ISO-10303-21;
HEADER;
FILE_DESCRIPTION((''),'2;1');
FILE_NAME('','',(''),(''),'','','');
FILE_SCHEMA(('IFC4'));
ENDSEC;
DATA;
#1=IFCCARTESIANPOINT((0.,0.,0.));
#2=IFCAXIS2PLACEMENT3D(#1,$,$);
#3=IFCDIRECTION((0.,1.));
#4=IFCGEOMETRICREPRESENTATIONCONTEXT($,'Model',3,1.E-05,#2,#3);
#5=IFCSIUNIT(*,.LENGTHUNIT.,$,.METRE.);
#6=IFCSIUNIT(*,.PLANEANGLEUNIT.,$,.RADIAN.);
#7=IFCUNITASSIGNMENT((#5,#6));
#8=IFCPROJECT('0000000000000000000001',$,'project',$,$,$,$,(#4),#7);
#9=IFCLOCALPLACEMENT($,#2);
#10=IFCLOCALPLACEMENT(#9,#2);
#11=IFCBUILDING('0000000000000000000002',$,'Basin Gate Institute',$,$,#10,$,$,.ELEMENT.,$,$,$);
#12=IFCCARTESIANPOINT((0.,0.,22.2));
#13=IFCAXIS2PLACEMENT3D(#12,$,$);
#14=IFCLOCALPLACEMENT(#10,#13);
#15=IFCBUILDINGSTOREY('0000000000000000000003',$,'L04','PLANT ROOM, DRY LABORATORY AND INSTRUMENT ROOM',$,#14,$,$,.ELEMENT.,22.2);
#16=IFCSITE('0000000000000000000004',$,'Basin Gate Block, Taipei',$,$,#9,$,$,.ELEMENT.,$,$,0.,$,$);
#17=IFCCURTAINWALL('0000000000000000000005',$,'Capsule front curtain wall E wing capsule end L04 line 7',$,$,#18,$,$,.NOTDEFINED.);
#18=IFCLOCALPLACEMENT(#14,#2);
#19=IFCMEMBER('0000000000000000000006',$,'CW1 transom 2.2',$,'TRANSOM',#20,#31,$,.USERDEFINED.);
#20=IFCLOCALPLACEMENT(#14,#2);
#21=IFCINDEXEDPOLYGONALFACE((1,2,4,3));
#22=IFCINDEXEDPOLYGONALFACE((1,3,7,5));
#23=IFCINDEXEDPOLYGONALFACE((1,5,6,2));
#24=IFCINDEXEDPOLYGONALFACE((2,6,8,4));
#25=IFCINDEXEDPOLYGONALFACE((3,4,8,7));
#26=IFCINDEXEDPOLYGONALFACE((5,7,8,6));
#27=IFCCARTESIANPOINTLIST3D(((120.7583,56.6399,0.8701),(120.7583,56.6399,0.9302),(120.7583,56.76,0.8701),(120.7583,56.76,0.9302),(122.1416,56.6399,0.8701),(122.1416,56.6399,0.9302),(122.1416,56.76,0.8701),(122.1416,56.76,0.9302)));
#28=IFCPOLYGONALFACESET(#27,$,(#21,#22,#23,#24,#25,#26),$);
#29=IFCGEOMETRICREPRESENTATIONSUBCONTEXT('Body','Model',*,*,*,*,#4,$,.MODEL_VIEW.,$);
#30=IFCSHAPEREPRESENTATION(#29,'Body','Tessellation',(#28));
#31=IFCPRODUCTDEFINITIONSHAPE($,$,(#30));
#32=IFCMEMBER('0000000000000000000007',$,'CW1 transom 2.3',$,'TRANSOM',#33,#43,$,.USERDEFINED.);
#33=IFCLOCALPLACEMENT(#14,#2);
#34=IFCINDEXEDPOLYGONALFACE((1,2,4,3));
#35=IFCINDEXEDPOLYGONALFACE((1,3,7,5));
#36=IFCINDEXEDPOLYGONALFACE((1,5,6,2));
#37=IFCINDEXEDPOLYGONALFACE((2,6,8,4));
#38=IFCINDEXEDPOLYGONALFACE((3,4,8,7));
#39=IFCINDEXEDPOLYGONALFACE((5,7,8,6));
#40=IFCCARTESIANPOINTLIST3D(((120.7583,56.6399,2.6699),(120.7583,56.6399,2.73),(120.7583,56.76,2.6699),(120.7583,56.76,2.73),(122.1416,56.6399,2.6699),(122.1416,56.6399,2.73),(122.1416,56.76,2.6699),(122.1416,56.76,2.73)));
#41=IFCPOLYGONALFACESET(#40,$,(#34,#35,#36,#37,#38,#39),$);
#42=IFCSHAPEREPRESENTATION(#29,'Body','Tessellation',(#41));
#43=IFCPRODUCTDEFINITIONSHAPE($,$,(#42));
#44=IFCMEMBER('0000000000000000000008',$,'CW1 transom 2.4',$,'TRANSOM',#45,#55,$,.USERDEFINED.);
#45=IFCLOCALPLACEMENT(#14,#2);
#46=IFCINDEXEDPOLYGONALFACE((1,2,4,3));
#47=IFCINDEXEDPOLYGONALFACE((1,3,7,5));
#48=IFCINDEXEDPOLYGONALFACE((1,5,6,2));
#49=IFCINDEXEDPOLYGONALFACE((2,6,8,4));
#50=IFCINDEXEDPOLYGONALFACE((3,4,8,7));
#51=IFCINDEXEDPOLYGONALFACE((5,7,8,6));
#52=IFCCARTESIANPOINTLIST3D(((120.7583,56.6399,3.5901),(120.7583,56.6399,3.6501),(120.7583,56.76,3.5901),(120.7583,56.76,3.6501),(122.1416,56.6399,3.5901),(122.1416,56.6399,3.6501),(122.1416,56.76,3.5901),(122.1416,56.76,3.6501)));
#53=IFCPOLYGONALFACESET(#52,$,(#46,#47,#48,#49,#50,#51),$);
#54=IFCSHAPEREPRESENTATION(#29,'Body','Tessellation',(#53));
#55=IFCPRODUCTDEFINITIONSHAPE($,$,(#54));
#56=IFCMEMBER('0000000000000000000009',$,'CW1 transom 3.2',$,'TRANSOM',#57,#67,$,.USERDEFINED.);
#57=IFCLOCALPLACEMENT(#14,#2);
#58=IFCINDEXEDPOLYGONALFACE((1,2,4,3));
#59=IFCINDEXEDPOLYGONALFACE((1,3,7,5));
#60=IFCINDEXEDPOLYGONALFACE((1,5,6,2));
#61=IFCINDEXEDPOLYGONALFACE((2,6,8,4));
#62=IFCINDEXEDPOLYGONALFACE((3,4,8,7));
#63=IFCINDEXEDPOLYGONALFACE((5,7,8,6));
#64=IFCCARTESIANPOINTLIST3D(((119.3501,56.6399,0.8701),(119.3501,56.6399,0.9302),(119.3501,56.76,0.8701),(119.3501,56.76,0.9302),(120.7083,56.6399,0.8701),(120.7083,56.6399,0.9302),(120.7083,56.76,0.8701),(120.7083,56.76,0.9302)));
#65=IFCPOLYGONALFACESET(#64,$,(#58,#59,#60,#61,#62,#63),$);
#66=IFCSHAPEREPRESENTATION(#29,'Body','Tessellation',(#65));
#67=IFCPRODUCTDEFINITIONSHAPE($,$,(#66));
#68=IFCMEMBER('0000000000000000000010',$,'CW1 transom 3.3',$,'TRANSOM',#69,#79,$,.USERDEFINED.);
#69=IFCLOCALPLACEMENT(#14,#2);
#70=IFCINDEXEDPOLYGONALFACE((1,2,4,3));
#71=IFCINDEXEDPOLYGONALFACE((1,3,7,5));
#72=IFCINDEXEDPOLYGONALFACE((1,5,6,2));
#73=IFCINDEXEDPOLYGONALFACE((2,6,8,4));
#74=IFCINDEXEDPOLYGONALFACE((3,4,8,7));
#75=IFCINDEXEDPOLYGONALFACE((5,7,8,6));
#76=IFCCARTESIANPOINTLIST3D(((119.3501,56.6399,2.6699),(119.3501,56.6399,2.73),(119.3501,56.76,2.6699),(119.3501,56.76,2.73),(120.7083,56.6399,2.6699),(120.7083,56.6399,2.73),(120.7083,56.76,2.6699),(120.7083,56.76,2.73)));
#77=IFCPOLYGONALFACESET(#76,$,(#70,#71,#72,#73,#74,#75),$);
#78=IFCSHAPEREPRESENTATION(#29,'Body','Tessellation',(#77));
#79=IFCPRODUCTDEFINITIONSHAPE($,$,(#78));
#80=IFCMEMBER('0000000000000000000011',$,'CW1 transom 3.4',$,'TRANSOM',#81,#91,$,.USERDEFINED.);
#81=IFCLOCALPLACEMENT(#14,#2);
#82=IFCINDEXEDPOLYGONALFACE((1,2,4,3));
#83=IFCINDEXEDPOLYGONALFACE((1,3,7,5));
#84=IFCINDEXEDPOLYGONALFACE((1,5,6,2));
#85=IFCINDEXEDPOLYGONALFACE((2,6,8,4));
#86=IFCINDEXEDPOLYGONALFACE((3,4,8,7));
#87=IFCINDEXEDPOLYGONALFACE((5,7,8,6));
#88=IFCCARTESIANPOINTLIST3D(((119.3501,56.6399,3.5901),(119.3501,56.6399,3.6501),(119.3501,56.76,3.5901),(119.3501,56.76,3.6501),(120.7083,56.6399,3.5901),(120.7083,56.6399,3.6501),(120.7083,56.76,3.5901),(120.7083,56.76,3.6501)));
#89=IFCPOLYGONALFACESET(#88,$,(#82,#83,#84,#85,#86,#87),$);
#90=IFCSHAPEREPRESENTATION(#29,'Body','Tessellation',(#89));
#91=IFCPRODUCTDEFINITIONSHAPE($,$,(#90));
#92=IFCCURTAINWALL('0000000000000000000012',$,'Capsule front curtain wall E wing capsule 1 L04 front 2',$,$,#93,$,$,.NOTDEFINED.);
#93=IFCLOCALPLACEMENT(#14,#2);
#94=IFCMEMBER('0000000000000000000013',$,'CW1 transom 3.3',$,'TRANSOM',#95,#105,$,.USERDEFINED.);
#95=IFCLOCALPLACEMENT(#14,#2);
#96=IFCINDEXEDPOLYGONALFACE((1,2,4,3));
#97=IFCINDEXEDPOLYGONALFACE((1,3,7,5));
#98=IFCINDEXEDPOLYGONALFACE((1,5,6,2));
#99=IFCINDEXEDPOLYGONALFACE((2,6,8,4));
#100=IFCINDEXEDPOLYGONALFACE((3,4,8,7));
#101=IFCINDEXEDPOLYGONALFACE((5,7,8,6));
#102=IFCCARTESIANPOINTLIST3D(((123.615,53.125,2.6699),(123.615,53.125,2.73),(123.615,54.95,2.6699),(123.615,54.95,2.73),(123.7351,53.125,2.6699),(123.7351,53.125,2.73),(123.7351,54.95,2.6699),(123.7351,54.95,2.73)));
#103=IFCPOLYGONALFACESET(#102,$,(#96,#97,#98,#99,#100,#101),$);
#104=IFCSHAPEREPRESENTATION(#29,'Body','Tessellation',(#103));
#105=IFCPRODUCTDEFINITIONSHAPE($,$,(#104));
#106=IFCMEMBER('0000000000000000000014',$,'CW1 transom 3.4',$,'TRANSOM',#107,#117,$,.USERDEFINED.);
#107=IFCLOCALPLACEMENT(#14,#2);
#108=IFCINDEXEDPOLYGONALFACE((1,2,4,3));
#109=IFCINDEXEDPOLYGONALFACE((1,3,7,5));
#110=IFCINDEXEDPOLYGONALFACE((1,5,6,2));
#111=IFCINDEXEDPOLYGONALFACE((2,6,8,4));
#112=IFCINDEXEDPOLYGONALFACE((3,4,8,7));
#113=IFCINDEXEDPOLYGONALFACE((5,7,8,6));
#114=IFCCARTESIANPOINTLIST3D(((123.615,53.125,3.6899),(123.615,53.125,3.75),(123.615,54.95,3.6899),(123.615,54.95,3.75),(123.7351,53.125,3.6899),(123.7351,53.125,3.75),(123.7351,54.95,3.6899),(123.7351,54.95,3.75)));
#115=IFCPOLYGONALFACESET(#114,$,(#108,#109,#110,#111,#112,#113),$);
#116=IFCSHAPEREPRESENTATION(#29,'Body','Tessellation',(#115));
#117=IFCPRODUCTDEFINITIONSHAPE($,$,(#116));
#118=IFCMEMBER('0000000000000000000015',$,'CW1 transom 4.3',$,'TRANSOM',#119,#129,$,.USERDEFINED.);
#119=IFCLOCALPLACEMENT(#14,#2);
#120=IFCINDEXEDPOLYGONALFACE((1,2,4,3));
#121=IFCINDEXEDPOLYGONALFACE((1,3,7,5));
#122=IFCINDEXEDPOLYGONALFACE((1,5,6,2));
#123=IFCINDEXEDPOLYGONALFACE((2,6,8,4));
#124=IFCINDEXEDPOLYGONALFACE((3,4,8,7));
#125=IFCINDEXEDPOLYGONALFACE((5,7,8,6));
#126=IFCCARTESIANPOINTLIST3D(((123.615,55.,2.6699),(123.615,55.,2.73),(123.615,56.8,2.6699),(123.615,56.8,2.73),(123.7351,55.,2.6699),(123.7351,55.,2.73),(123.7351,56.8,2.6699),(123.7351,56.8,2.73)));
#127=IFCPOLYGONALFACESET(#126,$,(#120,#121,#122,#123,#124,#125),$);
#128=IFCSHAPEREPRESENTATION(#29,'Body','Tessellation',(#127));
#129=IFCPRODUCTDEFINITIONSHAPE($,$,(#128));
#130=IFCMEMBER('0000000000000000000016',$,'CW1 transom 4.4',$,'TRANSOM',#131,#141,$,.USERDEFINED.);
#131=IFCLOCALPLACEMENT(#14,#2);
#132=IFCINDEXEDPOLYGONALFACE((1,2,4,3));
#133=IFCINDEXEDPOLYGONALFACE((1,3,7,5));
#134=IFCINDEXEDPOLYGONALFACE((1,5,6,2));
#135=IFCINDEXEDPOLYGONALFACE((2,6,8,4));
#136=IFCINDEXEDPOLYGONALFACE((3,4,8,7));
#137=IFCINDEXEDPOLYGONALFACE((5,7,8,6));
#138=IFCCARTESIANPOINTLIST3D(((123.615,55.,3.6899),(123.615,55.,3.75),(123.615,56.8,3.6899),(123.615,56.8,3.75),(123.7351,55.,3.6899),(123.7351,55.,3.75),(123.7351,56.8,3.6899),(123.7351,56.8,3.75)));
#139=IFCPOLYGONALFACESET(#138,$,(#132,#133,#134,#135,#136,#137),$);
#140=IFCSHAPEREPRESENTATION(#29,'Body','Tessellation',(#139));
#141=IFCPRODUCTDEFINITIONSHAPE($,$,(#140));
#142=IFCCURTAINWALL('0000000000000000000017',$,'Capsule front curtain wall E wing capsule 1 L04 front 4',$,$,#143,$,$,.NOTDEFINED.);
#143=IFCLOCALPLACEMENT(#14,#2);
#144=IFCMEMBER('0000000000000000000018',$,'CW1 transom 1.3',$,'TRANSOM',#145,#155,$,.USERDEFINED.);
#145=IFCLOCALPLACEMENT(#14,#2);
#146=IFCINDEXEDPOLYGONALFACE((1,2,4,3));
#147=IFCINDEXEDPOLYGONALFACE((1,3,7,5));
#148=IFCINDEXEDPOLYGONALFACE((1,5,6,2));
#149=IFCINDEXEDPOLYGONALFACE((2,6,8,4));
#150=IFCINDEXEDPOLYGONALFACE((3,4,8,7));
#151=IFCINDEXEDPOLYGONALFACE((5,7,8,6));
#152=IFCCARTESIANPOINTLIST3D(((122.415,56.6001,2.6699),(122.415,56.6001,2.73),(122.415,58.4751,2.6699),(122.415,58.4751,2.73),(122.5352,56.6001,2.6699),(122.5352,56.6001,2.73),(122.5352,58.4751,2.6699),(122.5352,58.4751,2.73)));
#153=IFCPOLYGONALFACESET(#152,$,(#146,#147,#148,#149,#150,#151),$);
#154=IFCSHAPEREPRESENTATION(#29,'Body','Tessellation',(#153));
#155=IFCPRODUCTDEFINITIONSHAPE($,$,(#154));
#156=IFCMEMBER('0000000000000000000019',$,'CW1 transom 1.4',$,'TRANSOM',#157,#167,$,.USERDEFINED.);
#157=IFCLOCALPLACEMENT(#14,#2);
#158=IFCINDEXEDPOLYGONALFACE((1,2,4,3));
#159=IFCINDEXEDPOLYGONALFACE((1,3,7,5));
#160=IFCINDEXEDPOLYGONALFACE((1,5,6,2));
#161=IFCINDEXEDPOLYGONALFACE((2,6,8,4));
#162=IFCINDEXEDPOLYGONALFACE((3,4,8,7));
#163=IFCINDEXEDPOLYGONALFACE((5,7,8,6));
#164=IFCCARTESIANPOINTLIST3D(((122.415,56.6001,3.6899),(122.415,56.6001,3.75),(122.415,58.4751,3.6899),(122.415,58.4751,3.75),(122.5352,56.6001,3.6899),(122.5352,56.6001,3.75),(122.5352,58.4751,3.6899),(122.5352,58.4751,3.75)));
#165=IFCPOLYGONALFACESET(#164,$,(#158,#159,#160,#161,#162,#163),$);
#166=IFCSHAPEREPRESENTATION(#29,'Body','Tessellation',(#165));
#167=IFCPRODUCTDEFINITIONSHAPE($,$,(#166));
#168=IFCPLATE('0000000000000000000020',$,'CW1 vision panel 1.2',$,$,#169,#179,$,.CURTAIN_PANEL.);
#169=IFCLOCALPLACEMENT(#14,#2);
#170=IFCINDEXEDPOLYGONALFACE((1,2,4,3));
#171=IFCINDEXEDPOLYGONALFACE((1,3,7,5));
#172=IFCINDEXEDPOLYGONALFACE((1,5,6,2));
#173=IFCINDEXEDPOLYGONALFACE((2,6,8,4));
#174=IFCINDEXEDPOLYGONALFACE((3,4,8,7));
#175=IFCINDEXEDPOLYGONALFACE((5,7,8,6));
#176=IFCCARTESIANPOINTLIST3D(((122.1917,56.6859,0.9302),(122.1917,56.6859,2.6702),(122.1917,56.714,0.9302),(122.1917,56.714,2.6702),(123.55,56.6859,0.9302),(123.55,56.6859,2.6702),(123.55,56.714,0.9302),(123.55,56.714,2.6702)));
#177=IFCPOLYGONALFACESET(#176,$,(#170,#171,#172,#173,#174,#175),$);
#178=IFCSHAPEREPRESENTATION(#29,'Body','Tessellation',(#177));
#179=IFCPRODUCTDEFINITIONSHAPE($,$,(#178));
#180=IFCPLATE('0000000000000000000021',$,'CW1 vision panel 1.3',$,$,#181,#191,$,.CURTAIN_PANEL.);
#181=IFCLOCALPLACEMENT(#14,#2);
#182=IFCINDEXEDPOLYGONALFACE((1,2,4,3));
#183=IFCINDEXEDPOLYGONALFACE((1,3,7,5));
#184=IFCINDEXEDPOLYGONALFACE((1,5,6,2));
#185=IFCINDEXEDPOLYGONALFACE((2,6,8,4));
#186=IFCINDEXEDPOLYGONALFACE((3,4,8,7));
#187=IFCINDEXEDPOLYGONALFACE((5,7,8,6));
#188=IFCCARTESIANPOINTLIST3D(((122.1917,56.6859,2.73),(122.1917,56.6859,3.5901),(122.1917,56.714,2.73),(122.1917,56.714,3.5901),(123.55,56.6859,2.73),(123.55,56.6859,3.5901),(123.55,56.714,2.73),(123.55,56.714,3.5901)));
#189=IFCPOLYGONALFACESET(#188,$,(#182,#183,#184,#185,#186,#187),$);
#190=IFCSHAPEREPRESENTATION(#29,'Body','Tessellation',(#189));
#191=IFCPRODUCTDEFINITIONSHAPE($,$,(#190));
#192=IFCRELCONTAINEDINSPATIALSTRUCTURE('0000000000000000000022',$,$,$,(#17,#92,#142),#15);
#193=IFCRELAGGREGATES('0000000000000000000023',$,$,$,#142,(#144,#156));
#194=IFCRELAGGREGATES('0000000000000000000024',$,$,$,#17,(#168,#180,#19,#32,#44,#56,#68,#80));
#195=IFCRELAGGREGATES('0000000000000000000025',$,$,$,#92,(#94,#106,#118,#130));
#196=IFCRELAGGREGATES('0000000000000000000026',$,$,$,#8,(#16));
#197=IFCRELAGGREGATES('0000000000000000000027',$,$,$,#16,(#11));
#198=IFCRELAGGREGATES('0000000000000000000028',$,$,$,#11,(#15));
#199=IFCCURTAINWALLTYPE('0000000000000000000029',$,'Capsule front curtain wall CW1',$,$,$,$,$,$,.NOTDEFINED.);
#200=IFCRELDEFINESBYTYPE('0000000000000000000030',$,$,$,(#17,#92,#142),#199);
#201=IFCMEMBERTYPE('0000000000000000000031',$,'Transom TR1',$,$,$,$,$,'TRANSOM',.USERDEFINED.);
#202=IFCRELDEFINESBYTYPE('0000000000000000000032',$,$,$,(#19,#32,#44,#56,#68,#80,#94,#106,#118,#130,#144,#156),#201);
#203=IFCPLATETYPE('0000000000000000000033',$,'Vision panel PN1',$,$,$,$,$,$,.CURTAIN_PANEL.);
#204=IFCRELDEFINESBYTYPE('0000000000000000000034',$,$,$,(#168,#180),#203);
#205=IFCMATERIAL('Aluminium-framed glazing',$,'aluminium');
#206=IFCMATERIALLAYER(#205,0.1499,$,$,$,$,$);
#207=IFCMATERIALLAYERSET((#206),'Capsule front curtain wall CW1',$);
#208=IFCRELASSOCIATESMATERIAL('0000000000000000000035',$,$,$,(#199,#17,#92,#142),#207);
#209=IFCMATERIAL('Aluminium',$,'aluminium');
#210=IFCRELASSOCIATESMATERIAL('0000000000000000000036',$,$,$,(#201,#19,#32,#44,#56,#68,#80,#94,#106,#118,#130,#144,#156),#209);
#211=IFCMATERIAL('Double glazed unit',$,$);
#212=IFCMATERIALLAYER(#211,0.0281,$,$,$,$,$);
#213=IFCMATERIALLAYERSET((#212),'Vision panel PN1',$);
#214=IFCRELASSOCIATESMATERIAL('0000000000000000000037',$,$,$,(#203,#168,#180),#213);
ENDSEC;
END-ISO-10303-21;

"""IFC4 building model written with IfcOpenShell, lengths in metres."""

from ifc_helpers import new_model, si_unit, direction, frame, origin, origin_2d, place, context, subcontext, project, spatial, rectangle, extrude, material, layer, layer_set, material_profile, profile_set, type_object, element, aggregate, save


model = new_model("IFC4")

# Units and contexts
model_context = context("Model", 3, precision=1e-05, world=origin(), true_north=direction((0.0, 1.0)))
body_context = subcontext(model_context, "Body", "Model", "MODEL_VIEW")
ifc_project = project(units=[si_unit("LENGTHUNIT", "METRE"), si_unit("PLANEANGLEUNIT", "RADIAN")], contexts=[model_context])

# Site, building, storey
site_placement = place(None, origin())
site = spatial("IfcSite", under=ifc_project, at=site_placement, Name="Basin Gate Block, Taipei", CompositionType="ELEMENT", RefElevation=0.0)
building_placement = place(site_placement, origin())
building = spatial("IfcBuilding", under=site, at=building_placement, Name="Basin Gate Institute", CompositionType="ELEMENT")
storey_placement = place(building_placement, frame((0.0, 0.0, 22.2)))
storey = spatial("IfcBuildingStorey", under=building, at=storey_placement, Name="L04", Description="PLANT ROOM, DRY LABORATORY AND INSTRUMENT ROOM", CompositionType="ELEMENT", Elevation=22.2)

# Curtain walls, members
ifc_material_1 = material(Name="Aluminium-framed glazing", Category="aluminium")
ifc_layer_1 = layer(ifc_material_1, 0.1499)
ifc_layer_set_1 = layer_set([ifc_layer_1], Name="Capsule front curtain wall CW1")
curtain_wall_type = type_object("IfcCurtainWallType", Name="Capsule front curtain wall CW1", PredefinedType="NOTDEFINED", material=ifc_layer_set_1)
curtain_wall_1_placement = place(storey_placement, origin())
curtain_wall_1 = element("IfcCurtainWall", 1, at=curtain_wall_1_placement, inside=storey, type_object=curtain_wall_type, material=ifc_layer_set_1, Name="Capsule front curtain wall E wing capsule end L04 line 7", PredefinedType="NOTDEFINED")
ifc_material_2 = material(Name="Aluminium", Category="aluminium")
ifc_material_profile = material_profile(ifc_material_2, rectangle(XDim=0.1201, YDim=0.0601, at=origin_2d()), Name="Transom TR1 120 x 60")
ifc_profile_set = profile_set([ifc_material_profile], Name="Aluminium")
member_type = type_object("IfcMemberType", Name="Transom TR1", ElementType="TRANSOM", PredefinedType="USERDEFINED", material=ifc_profile_set)
member_1_placement = place(storey_placement, frame((122.1416, 56.7, 0.9001), z_axis=(-1.0, 0.0, 0.0), x_axis=(0.0, -1.0, 0.0)))
member_1 = element("IfcMember", 2, at=member_1_placement, type_object=member_type, material=ifc_profile_set, Name="CW1 transom 2.2", ObjectType="TRANSOM", PredefinedType="USERDEFINED", context=body_context, shape_type="SweptSolid", body=[
    extrude(rectangle(XDim=0.1201, YDim=0.0601, at=origin_2d()), origin(), (0.0, 0.0, 1.0), 1.3833),
])
member_2_placement = place(storey_placement, frame((122.1416, 56.7, 2.7), z_axis=(-1.0, 0.0, 0.0), x_axis=(0.0, -1.0, 0.0)))
member_2 = element("IfcMember", 3, at=member_2_placement, type_object=member_type, material=ifc_profile_set, Name="CW1 transom 2.3", ObjectType="TRANSOM", PredefinedType="USERDEFINED", context=body_context, shape_type="SweptSolid", body=[
    extrude(rectangle(XDim=0.1201, YDim=0.0601, at=origin_2d()), origin(), (0.0, 0.0, 1.0), 1.3833),
])
member_3_placement = place(storey_placement, frame((122.1416, 56.7, 3.6201), z_axis=(-1.0, 0.0, 0.0), x_axis=(0.0, -1.0, 0.0)))
member_3 = element("IfcMember", 4, at=member_3_placement, type_object=member_type, material=ifc_profile_set, Name="CW1 transom 2.4", ObjectType="TRANSOM", PredefinedType="USERDEFINED", context=body_context, shape_type="SweptSolid", body=[
    extrude(rectangle(XDim=0.1201, YDim=0.0601, at=origin_2d()), origin(), (0.0, 0.0, 1.0), 1.3833),
])
member_4_placement = place(storey_placement, frame((120.7083, 56.7, 0.9001), z_axis=(-1.0, 0.0, 0.0), x_axis=(0.0, -1.0, 0.0)))
member_4 = element("IfcMember", 5, at=member_4_placement, type_object=member_type, material=ifc_profile_set, Name="CW1 transom 3.2", ObjectType="TRANSOM", PredefinedType="USERDEFINED", context=body_context, shape_type="SweptSolid", body=[
    extrude(rectangle(XDim=0.1201, YDim=0.0601, at=origin_2d()), origin(), (0.0, 0.0, 1.0), 1.3582),
])
member_5_placement = place(storey_placement, frame((120.7083, 56.7, 2.7), z_axis=(-1.0, 0.0, 0.0), x_axis=(0.0, -1.0, 0.0)))
member_5 = element("IfcMember", 6, at=member_5_placement, type_object=member_type, material=ifc_profile_set, Name="CW1 transom 3.3", ObjectType="TRANSOM", PredefinedType="USERDEFINED", context=body_context, shape_type="SweptSolid", body=[
    extrude(rectangle(XDim=0.1201, YDim=0.0601, at=origin_2d()), origin(), (0.0, 0.0, 1.0), 1.3582),
])
member_6_placement = place(storey_placement, frame((120.7083, 56.7, 3.6201), z_axis=(-1.0, 0.0, 0.0), x_axis=(0.0, -1.0, 0.0)))
member_6 = element("IfcMember", 7, at=member_6_placement, type_object=member_type, material=ifc_profile_set, Name="CW1 transom 3.4", ObjectType="TRANSOM", PredefinedType="USERDEFINED", context=body_context, shape_type="SweptSolid", body=[
    extrude(rectangle(XDim=0.1201, YDim=0.0601, at=origin_2d()), origin(), (0.0, 0.0, 1.0), 1.3582),
])
curtain_wall_2_placement = place(storey_placement, origin())
curtain_wall_2 = element("IfcCurtainWall", 8, at=curtain_wall_2_placement, inside=storey, type_object=curtain_wall_type, material=ifc_layer_set_1, Name="Capsule front curtain wall E wing capsule 1 L04 front 2", PredefinedType="NOTDEFINED")
member_7_placement = place(storey_placement, frame((123.675, 53.125, 2.7), z_axis=(0.0, 1.0, 0.0), x_axis=(-1.0, 0.0, 0.0)))
member_7 = element("IfcMember", 9, at=member_7_placement, type_object=member_type, material=ifc_profile_set, Name="CW1 transom 3.3", ObjectType="TRANSOM", PredefinedType="USERDEFINED", context=body_context, shape_type="SweptSolid", body=[
    extrude(rectangle(XDim=0.1201, YDim=0.0601, at=origin_2d()), origin(), (0.0, 0.0, 1.0), 1.825),
])
member_8_placement = place(storey_placement, frame((123.675, 53.125, 3.72), z_axis=(0.0, 1.0, 0.0), x_axis=(-1.0, 0.0, 0.0)))
member_8 = element("IfcMember", 10, at=member_8_placement, type_object=member_type, material=ifc_profile_set, Name="CW1 transom 3.4", ObjectType="TRANSOM", PredefinedType="USERDEFINED", context=body_context, shape_type="SweptSolid", body=[
    extrude(rectangle(XDim=0.1201, YDim=0.0601, at=origin_2d()), origin(), (0.0, 0.0, 1.0), 1.825),
])
member_9_placement = place(storey_placement, frame((123.675, 55.0, 2.7), z_axis=(0.0, 1.0, 0.0), x_axis=(-1.0, 0.0, 0.0)))
member_9 = element("IfcMember", 11, at=member_9_placement, type_object=member_type, material=ifc_profile_set, Name="CW1 transom 4.3", ObjectType="TRANSOM", PredefinedType="USERDEFINED", context=body_context, shape_type="SweptSolid", body=[
    extrude(rectangle(XDim=0.1201, YDim=0.0601, at=origin_2d()), origin(), (0.0, 0.0, 1.0), 1.8),
])
member_10_placement = place(storey_placement, frame((123.675, 55.0, 3.72), z_axis=(0.0, 1.0, 0.0), x_axis=(-1.0, 0.0, 0.0)))
member_10 = element("IfcMember", 12, at=member_10_placement, type_object=member_type, material=ifc_profile_set, Name="CW1 transom 4.4", ObjectType="TRANSOM", PredefinedType="USERDEFINED", context=body_context, shape_type="SweptSolid", body=[
    extrude(rectangle(XDim=0.1201, YDim=0.0601, at=origin_2d()), origin(), (0.0, 0.0, 1.0), 1.8),
])
curtain_wall_3_placement = place(storey_placement, origin())
curtain_wall_3 = element("IfcCurtainWall", 13, at=curtain_wall_3_placement, inside=storey, type_object=curtain_wall_type, material=ifc_layer_set_1, Name="Capsule front curtain wall E wing capsule 1 L04 front 4", PredefinedType="NOTDEFINED")
member_11_placement = place(storey_placement, frame((122.4751, 56.6001, 2.7), z_axis=(0.0, 1.0, 0.0), x_axis=(-1.0, 0.0, 0.0)))
member_11 = element("IfcMember", 14, at=member_11_placement, type_object=member_type, material=ifc_profile_set, Name="CW1 transom 1.3", ObjectType="TRANSOM", PredefinedType="USERDEFINED", context=body_context, shape_type="SweptSolid", body=[
    extrude(rectangle(XDim=0.1201, YDim=0.0601, at=origin_2d()), origin(), (0.0, 0.0, 1.0), 1.875),
])
member_12_placement = place(storey_placement, frame((122.4751, 56.6001, 3.72), z_axis=(0.0, 1.0, 0.0), x_axis=(-1.0, 0.0, 0.0)))
member_12 = element("IfcMember", 15, at=member_12_placement, type_object=member_type, material=ifc_profile_set, Name="CW1 transom 1.4", ObjectType="TRANSOM", PredefinedType="USERDEFINED", context=body_context, shape_type="SweptSolid", body=[
    extrude(rectangle(XDim=0.1201, YDim=0.0601, at=origin_2d()), origin(), (0.0, 0.0, 1.0), 1.875),
])
aggregate(curtain_wall_3, [member_11, member_12])

# Plates
ifc_material_3 = material(Name="Double glazed unit")
ifc_layer_2 = layer(ifc_material_3, 0.0281)
ifc_layer_set_2 = layer_set([ifc_layer_2], Name="Vision panel PN1")
plate_type = type_object("IfcPlateType", Name="Vision panel PN1", PredefinedType="CURTAIN_PANEL", material=ifc_layer_set_2)
plate_1_placement = place(storey_placement, frame((122.8708, 56.7, 0.9302), z_axis=(0.0, 0.0, 1.0), x_axis=(-1.0, 0.0, 0.0)))
plate_1 = element("IfcPlate", 16, at=plate_1_placement, type_object=plate_type, material=ifc_layer_set_2, Name="CW1 vision panel 1.2", PredefinedType="CURTAIN_PANEL", context=body_context, shape_type="SweptSolid", body=[
    extrude(rectangle(XDim=1.3584, YDim=0.0281, at=origin_2d()), origin(), (0.0, 0.0, 1.0), 1.74),
])
plate_2_placement = place(storey_placement, frame((122.8708, 56.7, 2.73), z_axis=(0.0, 0.0, 1.0), x_axis=(-1.0, 0.0, 0.0)))
plate_2 = element("IfcPlate", 17, at=plate_2_placement, type_object=plate_type, material=ifc_layer_set_2, Name="CW1 vision panel 1.3", PredefinedType="CURTAIN_PANEL", context=body_context, shape_type="SweptSolid", body=[
    extrude(rectangle(XDim=1.3584, YDim=0.0281, at=origin_2d()), origin(), (0.0, 0.0, 1.0), 0.8601),
])
aggregate(curtain_wall_1, [plate_1, plate_2, member_1, member_2, member_3, member_4, member_5, member_6])
aggregate(curtain_wall_2, [member_7, member_8, member_9, member_10])

save(model, "model.ifc")
